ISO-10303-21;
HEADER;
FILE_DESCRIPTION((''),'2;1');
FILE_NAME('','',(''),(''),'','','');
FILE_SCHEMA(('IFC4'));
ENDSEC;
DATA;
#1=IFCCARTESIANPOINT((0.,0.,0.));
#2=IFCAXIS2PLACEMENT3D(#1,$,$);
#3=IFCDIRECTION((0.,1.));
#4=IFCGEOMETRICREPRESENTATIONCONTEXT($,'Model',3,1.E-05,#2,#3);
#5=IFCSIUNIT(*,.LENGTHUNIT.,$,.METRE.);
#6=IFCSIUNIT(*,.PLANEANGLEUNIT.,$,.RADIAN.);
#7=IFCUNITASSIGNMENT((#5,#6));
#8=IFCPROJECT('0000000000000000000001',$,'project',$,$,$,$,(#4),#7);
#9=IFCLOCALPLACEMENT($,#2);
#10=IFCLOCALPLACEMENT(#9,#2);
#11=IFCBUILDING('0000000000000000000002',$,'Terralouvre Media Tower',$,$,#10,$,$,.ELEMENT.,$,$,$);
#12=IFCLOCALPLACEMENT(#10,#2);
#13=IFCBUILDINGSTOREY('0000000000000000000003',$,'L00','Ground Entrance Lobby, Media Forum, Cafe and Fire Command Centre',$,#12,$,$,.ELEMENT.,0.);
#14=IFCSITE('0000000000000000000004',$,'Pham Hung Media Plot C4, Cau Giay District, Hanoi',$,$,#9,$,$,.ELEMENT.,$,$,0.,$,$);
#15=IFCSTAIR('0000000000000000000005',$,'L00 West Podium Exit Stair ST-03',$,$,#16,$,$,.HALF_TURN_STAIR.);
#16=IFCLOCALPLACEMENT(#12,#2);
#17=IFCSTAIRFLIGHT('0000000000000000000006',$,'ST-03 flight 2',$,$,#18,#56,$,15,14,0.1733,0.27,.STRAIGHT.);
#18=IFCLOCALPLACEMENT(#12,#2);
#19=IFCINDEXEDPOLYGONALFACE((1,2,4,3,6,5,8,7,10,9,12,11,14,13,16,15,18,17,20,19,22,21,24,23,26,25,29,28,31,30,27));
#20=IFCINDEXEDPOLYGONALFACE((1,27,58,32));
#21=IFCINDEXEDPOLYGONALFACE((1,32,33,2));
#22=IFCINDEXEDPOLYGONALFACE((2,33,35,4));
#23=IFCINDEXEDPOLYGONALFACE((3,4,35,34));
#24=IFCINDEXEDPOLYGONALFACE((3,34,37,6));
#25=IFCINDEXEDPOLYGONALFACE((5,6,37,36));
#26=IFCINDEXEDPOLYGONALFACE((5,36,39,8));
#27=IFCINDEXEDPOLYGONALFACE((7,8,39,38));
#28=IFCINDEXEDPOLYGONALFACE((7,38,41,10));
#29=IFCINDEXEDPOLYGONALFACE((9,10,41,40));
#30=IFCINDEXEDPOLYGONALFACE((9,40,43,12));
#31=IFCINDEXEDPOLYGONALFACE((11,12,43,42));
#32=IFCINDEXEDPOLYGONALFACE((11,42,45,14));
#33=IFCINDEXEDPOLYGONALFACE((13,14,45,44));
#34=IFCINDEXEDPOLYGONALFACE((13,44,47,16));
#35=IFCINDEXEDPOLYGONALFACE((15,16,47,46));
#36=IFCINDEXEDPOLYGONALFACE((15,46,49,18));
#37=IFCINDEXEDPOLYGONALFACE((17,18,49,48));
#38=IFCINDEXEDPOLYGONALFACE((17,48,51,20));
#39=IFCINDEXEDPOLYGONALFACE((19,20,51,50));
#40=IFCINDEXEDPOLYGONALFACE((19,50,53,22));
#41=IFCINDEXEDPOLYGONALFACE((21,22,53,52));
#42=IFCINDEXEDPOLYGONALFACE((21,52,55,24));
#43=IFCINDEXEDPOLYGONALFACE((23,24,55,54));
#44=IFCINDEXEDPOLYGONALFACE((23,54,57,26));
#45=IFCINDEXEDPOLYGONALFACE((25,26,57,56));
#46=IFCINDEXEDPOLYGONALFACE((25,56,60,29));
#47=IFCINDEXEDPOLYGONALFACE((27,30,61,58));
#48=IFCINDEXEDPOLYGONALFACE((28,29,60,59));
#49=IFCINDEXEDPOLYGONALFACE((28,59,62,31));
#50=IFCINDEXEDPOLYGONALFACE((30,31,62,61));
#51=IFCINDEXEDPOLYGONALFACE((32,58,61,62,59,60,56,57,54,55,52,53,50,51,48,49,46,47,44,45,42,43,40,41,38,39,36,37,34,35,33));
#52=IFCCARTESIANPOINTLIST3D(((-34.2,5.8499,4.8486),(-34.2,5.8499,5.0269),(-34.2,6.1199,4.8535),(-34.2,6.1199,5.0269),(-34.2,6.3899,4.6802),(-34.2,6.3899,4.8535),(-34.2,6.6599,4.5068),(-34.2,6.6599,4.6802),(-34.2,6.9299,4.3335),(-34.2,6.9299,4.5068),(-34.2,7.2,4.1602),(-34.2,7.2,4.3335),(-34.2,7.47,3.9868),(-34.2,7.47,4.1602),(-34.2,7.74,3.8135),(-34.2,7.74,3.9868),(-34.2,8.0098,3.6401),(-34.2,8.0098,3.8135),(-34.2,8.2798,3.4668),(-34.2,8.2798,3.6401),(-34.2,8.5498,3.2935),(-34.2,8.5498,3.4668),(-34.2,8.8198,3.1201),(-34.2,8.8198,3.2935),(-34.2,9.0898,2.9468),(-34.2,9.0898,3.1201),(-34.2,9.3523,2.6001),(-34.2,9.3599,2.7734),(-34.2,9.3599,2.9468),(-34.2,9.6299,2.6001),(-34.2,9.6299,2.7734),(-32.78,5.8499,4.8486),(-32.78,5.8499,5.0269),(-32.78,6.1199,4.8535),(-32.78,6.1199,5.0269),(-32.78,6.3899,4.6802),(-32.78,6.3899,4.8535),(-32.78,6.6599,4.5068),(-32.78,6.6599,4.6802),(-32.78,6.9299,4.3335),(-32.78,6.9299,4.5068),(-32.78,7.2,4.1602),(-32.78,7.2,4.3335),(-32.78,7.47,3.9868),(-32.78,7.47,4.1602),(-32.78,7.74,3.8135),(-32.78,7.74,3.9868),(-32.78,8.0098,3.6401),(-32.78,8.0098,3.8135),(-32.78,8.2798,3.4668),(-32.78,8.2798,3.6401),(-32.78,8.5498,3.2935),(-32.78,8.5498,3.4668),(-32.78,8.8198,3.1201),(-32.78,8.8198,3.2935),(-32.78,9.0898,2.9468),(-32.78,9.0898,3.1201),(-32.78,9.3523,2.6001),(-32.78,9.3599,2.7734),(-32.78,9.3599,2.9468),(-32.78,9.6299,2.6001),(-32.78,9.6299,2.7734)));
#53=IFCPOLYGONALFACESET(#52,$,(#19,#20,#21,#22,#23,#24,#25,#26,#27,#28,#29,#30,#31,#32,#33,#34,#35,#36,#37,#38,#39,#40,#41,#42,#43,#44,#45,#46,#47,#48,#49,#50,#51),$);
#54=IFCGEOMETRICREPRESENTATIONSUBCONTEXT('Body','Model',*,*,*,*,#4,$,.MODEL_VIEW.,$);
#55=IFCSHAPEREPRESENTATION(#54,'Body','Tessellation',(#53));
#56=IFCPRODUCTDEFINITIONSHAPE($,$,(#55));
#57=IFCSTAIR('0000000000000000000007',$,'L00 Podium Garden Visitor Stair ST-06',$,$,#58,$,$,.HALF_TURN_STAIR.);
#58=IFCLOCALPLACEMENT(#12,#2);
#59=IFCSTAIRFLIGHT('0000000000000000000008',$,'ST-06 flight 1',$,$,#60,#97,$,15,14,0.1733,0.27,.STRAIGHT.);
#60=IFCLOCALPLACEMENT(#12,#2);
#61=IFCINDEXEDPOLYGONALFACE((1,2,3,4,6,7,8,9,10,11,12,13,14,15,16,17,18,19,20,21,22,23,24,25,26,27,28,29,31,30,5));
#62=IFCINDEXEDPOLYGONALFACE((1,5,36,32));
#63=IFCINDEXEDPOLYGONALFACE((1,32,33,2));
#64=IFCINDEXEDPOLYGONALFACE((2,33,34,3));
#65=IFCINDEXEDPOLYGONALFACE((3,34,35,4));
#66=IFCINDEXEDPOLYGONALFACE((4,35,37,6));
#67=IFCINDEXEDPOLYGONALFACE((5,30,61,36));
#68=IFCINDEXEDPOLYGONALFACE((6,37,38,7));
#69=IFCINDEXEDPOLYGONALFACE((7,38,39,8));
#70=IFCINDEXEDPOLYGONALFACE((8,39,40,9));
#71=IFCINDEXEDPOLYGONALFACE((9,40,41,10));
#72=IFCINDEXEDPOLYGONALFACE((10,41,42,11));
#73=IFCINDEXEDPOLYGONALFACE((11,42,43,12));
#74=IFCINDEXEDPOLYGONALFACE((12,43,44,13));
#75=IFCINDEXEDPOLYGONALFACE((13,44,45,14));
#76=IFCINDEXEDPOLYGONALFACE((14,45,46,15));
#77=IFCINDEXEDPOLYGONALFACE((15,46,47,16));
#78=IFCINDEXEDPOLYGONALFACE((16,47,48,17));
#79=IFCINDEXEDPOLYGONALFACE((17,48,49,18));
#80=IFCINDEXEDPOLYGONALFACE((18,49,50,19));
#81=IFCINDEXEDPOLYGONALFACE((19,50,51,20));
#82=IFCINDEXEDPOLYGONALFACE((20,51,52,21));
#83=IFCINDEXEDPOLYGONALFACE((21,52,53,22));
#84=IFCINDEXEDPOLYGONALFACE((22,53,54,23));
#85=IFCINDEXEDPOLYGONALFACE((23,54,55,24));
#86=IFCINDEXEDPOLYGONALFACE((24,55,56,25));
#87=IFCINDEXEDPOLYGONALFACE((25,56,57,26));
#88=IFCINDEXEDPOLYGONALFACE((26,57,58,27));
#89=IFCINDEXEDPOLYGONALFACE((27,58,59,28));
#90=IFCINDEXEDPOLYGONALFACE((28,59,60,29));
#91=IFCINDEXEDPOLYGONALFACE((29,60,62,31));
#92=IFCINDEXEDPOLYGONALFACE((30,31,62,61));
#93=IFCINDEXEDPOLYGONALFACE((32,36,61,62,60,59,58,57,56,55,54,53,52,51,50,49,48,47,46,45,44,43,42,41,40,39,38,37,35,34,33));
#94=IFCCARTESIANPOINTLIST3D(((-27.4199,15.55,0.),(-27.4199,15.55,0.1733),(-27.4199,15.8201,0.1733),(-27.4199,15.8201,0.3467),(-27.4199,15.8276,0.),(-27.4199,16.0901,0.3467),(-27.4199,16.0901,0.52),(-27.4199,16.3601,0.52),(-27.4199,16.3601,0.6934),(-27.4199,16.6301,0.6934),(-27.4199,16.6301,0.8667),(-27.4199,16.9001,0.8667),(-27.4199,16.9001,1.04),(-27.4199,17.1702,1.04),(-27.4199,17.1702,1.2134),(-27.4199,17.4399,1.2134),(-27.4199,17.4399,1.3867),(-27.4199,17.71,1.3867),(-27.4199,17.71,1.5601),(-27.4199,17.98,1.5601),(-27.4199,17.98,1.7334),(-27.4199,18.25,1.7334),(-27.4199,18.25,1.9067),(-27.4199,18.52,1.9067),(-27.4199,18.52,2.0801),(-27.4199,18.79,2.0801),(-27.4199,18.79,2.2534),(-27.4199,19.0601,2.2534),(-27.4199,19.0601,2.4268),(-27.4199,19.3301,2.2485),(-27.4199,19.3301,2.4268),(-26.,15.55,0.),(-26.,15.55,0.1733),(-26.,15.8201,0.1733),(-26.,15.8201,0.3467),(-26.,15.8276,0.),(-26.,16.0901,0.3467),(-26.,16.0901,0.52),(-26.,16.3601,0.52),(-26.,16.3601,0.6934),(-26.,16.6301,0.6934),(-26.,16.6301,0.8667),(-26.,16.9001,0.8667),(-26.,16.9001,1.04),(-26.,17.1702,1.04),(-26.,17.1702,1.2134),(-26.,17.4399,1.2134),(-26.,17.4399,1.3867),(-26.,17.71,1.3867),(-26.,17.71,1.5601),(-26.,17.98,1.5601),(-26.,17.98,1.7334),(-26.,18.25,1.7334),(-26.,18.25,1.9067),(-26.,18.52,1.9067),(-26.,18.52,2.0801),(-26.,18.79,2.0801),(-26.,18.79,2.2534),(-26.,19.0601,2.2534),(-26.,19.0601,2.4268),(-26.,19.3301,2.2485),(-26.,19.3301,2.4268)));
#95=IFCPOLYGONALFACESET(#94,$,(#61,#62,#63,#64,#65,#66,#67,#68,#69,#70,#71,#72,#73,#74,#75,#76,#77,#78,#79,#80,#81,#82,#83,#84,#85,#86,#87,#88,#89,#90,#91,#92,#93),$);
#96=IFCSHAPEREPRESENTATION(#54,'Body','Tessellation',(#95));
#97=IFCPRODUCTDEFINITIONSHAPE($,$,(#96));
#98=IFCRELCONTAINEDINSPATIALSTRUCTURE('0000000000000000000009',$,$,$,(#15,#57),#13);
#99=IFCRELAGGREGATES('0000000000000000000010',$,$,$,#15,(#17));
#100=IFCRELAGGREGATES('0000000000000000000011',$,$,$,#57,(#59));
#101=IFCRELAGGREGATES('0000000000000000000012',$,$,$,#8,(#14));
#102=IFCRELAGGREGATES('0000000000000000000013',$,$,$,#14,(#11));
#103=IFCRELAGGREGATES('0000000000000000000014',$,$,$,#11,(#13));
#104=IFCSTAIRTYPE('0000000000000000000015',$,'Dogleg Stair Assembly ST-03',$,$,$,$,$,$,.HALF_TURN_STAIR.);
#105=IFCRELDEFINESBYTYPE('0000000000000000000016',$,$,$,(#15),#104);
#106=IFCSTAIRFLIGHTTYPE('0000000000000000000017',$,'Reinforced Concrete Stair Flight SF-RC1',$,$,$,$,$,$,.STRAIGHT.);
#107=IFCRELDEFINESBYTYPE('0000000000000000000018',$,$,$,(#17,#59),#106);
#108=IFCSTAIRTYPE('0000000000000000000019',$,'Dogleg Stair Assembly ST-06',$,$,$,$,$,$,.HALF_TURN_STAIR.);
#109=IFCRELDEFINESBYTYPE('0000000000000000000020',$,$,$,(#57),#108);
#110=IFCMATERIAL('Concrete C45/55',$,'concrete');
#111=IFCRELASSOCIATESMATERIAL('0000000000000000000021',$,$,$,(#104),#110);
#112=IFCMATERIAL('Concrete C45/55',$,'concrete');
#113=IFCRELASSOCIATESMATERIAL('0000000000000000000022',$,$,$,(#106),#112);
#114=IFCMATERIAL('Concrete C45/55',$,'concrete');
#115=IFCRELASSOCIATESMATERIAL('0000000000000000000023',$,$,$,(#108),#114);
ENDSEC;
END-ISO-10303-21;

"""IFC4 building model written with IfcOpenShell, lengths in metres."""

from ifc_helpers import new_model, si_unit, direction, frame, origin, place, context, subcontext, project, spatial, polyline, outline, extrude, material, type_object, element, aggregate, save


model = new_model("IFC4")

# Units and contexts
model_context = context("Model", 3, precision=1e-05, world=origin(), true_north=direction((0.0, 1.0)))
body_context = subcontext(model_context, "Body", "Model", "MODEL_VIEW")
ifc_project = project(units=[si_unit("LENGTHUNIT", "METRE"), si_unit("PLANEANGLEUNIT", "RADIAN")], contexts=[model_context])

# Site, building, storey
site_placement = place(None, origin())
site = spatial("IfcSite", under=ifc_project, at=site_placement, Name="Pham Hung Media Plot C4, Cau Giay District, Hanoi", CompositionType="ELEMENT", RefElevation=0.0)
building_placement = place(site_placement, origin())
building = spatial("IfcBuilding", under=site, at=building_placement, Name="Terralouvre Media Tower", CompositionType="ELEMENT")
storey_placement = place(building_placement, origin())
storey = spatial("IfcBuildingStorey", under=building, at=storey_placement, Name="L00", Description="Ground Entrance Lobby, Media Forum, Cafe and Fire Command Centre", CompositionType="ELEMENT", Elevation=0.0)

# Stairs, stair flights
ifc_material_1 = material(Name="Concrete C45/55", Category="concrete")
stair_type_1 = type_object("IfcStairType", Name="Dogleg Stair Assembly ST-03", PredefinedType="HALF_TURN_STAIR", material=ifc_material_1)
stair_1_placement = place(storey_placement, origin())
stair_1 = element("IfcStair", 1, at=stair_1_placement, inside=storey, type_object=stair_type_1, Name="L00 West Podium Exit Stair ST-03", PredefinedType="HALF_TURN_STAIR")
ifc_material_2 = material(Name="Concrete C45/55", Category="concrete")
stair_flight_type = type_object("IfcStairFlightType", Name="Reinforced Concrete Stair Flight SF-RC1", PredefinedType="STRAIGHT", material=ifc_material_2)
stair_flight_1_placement = place(storey_placement, frame((-33.49, 9.6299, 2.6001), z_axis=(0.0, 0.0, 1.0), x_axis=(0.0, -1.0, 0.0)))
stair_flight_1 = element("IfcStairFlight", 2, at=stair_flight_1_placement, type_object=stair_flight_type, Name="ST-03 flight 2", NumberOfRisers=15, NumberOfTreads=14, PredefinedType="STRAIGHT", RiserHeight=0.1733, TreadLength=0.27, context=body_context, shape_type="SweptSolid", body=[
    extrude(outline(polyline([(0.0, 0.0), (0.0, 0.1733), (0.27, 0.1733), (0.27, 0.3467), (0.54, 0.3467), (0.54, 0.52), (0.8101, 0.52), (0.8101, 0.6934), (1.0801, 0.6934), (1.0801, 0.8667), (1.3501, 0.8667), (1.3501, 1.04), (1.6201, 1.04), (1.6201, 1.2134), (1.8899, 1.2134), (1.8899, 1.3867), (2.1599, 1.3867), (2.1599, 1.5601), (2.4299, 1.5601), (2.4299, 1.7334), (2.7, 1.7334), (2.7, 1.9067), (2.97, 1.9067), (2.97, 2.0801), (3.24, 2.0801), (3.24, 2.2534), (3.51, 2.2534), (3.51, 2.4268), (3.78, 2.4268), (3.78, 2.6001), (3.78, 2.2485), (0.2776, 0.0), (0.0, 0.0)])), frame((0.0, 0.71, 0.0), z_axis=(0.0, -1.0, 0.0), x_axis=(1.0, 0.0, 0.0)), (0.0, 0.0, 1.0), 1.4199),
])
aggregate(stair_1, [stair_flight_1])
ifc_material_3 = material(Name="Concrete C45/55", Category="concrete")
stair_type_2 = type_object("IfcStairType", Name="Dogleg Stair Assembly ST-06", PredefinedType="HALF_TURN_STAIR", material=ifc_material_3)
stair_2_placement = place(storey_placement, origin())
stair_2 = element("IfcStair", 3, at=stair_2_placement, inside=storey, type_object=stair_type_2, Name="L00 Podium Garden Visitor Stair ST-06", PredefinedType="HALF_TURN_STAIR")
stair_flight_2_placement = place(storey_placement, frame((-26.71, 15.55, 0.0), z_axis=(0.0, 0.0, 1.0), x_axis=(0.0, 1.0, 0.0)))
stair_flight_2 = element("IfcStairFlight", 4, at=stair_flight_2_placement, type_object=stair_flight_type, Name="ST-06 flight 1", NumberOfRisers=15, NumberOfTreads=14, PredefinedType="STRAIGHT", RiserHeight=0.1733, TreadLength=0.27, context=body_context, shape_type="SweptSolid", body=[
    extrude(outline(polyline([(0.0, 0.0), (0.0, 0.1733), (0.27, 0.1733), (0.27, 0.3467), (0.54, 0.3467), (0.54, 0.52), (0.8101, 0.52), (0.8101, 0.6934), (1.0801, 0.6934), (1.0801, 0.8667), (1.3501, 0.8667), (1.3501, 1.04), (1.6201, 1.04), (1.6201, 1.2134), (1.8899, 1.2134), (1.8899, 1.3867), (2.1599, 1.3867), (2.1599, 1.5601), (2.4299, 1.5601), (2.4299, 1.7334), (2.7, 1.7334), (2.7, 1.9067), (2.97, 1.9067), (2.97, 2.0801), (3.24, 2.0801), (3.24, 2.2534), (3.51, 2.2534), (3.51, 2.4268), (3.78, 2.4268), (3.78, 2.6001), (3.78, 2.2485), (0.2776, 0.0), (0.0, 0.0)])), frame((0.0, 0.71, 0.0), z_axis=(0.0, -1.0, 0.0), x_axis=(1.0, 0.0, 0.0)), (0.0, 0.0, 1.0), 1.4199),
])
aggregate(stair_2, [stair_flight_2])

save(model, "model.ifc")
